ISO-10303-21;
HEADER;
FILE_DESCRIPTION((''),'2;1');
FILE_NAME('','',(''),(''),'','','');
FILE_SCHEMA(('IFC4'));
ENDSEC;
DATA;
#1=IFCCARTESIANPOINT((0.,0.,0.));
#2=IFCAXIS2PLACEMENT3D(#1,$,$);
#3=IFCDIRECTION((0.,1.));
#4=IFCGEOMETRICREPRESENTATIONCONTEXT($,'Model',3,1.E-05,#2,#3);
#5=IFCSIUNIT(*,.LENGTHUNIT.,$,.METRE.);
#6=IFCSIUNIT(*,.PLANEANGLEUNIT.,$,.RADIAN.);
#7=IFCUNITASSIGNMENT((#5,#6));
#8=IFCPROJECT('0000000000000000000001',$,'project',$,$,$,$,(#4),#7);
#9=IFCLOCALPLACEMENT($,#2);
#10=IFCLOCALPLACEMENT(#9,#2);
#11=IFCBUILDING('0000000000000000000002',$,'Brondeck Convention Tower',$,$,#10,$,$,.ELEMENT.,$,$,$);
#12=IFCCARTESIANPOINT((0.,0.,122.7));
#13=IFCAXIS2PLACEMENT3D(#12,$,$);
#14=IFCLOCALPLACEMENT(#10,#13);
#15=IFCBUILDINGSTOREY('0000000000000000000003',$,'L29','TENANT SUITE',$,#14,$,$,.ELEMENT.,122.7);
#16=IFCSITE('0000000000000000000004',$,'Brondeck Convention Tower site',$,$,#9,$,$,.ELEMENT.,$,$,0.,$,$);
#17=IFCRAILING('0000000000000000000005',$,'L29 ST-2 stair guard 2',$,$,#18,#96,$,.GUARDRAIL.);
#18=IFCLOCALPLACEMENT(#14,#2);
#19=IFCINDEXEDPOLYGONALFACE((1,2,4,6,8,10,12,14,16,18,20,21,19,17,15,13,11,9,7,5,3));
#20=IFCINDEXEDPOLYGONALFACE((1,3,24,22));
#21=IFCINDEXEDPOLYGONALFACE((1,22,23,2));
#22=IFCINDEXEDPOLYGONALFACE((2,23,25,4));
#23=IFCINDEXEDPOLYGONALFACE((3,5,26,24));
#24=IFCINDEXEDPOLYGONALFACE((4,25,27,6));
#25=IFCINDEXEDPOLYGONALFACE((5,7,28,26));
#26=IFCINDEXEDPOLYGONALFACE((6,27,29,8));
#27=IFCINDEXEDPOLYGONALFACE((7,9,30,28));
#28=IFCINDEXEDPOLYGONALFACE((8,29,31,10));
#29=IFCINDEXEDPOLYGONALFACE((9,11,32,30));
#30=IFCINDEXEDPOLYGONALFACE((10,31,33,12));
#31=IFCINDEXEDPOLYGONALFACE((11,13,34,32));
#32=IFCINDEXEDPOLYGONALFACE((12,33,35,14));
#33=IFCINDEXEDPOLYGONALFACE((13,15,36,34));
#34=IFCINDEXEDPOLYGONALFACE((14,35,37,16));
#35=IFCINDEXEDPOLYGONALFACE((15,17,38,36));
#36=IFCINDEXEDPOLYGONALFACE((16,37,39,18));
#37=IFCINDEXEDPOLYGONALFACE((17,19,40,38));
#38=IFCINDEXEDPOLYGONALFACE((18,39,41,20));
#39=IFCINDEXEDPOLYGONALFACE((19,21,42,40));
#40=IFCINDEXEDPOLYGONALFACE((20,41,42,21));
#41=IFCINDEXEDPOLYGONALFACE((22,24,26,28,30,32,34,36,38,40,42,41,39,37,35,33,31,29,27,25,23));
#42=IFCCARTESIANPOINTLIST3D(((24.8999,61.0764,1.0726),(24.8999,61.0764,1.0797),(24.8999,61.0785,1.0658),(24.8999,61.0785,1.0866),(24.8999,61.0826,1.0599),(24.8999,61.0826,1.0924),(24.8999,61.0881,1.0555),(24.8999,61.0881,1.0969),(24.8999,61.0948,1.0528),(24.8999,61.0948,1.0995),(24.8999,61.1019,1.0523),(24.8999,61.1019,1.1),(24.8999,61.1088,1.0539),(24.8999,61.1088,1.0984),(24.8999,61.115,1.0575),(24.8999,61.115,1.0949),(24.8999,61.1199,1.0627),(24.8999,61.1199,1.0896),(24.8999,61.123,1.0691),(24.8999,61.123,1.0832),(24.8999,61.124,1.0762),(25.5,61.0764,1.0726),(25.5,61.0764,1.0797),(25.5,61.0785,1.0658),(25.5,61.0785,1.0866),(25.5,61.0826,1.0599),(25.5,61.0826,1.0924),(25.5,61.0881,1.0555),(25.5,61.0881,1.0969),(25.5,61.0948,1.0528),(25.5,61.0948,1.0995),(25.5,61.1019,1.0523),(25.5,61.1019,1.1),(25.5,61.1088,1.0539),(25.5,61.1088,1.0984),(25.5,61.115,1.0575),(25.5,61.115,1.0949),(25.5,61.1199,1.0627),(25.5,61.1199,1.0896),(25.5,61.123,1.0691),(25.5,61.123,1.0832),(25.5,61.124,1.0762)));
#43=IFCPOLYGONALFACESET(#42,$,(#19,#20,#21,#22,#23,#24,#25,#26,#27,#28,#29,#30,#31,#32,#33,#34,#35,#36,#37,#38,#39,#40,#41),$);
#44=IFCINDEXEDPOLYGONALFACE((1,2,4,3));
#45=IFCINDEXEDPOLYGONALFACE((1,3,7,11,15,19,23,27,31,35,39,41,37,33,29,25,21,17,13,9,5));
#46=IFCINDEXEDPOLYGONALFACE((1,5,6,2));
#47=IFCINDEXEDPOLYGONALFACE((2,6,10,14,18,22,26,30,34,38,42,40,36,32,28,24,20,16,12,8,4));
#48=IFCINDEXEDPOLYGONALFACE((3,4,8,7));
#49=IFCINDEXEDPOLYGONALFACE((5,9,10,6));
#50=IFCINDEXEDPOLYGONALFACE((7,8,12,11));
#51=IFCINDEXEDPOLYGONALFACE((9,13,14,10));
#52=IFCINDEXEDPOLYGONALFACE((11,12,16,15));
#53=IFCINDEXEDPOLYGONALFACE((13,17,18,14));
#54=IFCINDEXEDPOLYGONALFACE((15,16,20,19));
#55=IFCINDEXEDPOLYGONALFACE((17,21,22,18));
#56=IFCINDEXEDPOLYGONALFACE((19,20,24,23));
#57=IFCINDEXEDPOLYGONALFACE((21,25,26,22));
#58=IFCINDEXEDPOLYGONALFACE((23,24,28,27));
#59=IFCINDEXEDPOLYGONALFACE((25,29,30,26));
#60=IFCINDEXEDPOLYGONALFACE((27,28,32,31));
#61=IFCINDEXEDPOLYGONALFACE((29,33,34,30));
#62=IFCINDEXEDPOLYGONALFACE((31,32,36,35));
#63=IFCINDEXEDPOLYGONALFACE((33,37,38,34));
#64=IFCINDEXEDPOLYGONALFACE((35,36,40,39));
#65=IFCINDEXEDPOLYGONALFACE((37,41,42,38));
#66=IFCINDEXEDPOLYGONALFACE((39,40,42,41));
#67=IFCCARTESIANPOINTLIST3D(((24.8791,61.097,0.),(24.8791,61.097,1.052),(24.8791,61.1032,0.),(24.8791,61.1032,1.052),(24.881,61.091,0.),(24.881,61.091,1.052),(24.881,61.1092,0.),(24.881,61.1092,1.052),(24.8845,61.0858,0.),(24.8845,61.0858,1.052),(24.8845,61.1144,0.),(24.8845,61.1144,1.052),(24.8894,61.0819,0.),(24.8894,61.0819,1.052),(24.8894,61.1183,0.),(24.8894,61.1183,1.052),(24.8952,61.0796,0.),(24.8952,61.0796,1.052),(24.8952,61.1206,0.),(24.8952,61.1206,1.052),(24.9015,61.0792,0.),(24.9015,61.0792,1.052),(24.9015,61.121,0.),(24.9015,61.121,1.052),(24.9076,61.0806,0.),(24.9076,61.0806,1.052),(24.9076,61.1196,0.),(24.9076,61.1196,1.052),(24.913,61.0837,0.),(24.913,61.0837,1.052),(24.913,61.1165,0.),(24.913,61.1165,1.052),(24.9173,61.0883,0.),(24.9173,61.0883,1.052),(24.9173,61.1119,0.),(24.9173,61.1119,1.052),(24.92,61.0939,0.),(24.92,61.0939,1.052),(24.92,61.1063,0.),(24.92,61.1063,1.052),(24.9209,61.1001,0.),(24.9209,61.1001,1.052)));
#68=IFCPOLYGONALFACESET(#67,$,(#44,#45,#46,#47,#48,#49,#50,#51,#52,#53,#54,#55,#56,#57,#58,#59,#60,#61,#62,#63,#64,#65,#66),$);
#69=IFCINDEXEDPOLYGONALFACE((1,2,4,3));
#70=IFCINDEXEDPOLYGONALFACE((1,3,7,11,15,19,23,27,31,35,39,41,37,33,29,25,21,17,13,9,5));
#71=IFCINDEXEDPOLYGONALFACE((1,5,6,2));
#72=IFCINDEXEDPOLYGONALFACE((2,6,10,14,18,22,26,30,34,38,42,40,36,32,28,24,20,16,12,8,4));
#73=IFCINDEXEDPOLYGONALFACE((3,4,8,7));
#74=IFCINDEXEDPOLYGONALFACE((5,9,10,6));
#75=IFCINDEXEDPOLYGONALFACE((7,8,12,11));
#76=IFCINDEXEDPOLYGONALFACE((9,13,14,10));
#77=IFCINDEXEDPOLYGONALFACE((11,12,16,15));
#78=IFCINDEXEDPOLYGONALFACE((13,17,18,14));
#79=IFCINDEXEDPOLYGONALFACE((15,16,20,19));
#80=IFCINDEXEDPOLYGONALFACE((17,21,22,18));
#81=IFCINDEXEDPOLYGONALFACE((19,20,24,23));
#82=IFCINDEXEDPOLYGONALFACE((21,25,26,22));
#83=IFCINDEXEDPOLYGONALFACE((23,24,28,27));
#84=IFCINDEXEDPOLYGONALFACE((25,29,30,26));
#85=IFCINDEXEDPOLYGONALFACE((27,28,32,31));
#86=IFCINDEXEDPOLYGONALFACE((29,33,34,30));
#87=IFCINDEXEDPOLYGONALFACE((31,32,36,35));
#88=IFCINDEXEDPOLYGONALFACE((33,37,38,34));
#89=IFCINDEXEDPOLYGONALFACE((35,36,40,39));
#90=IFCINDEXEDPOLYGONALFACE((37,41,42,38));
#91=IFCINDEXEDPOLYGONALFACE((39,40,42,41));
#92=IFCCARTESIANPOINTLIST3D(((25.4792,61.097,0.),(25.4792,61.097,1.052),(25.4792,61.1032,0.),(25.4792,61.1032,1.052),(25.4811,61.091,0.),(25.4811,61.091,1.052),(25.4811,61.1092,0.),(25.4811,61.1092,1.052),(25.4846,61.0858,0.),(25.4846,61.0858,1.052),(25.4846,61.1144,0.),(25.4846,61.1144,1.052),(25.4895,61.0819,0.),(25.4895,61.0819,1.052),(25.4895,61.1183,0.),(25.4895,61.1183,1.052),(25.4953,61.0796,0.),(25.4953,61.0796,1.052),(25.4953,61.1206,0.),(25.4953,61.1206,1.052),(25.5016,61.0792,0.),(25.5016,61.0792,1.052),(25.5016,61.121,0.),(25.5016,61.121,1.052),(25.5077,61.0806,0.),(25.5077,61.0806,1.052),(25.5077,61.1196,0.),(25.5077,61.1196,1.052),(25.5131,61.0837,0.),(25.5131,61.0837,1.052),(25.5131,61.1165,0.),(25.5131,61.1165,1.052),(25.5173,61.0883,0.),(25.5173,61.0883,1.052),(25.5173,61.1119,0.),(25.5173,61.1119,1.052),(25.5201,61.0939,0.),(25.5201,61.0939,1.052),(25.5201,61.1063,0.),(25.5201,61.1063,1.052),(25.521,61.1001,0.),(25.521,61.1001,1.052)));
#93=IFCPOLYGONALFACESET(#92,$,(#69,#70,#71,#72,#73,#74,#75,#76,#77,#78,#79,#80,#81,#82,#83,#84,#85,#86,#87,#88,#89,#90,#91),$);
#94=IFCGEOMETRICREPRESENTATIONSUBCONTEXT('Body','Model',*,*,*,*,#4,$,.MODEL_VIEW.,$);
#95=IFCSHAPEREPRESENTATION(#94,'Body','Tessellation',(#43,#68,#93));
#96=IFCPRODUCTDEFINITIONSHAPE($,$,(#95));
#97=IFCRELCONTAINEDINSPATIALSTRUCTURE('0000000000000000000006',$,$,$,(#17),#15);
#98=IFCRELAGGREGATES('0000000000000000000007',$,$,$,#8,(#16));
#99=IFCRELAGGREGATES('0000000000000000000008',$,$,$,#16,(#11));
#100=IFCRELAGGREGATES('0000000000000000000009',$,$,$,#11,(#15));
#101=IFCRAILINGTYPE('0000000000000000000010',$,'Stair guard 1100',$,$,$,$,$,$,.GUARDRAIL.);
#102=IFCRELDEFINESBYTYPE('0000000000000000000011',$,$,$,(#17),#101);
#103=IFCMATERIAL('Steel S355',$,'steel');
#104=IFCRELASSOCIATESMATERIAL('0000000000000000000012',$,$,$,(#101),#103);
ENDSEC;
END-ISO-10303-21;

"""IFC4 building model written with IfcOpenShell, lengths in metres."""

from ifc_helpers import new_model, si_unit, direction, frame, origin, origin_2d, place, context, subcontext, project, spatial, circle, extrude, material, type_object, element, save


model = new_model("IFC4")

# Units and contexts
model_context = context("Model", 3, precision=1e-05, world=origin(), true_north=direction((0.0, 1.0)))
body_context = subcontext(model_context, "Body", "Model", "MODEL_VIEW")
ifc_project = project(units=[si_unit("LENGTHUNIT", "METRE"), si_unit("PLANEANGLEUNIT", "RADIAN")], contexts=[model_context])

# Site, building, storey
site_placement = place(None, origin())
site = spatial("IfcSite", under=ifc_project, at=site_placement, Name="Brondeck Convention Tower site", CompositionType="ELEMENT", RefElevation=0.0)
building_placement = place(site_placement, origin())
building = spatial("IfcBuilding", under=site, at=building_placement, Name="Brondeck Convention Tower", CompositionType="ELEMENT")
storey_placement = place(building_placement, frame((0.0, 0.0, 122.7)))
storey = spatial("IfcBuildingStorey", under=building, at=storey_placement, Name="L29", Description="TENANT SUITE", CompositionType="ELEMENT", Elevation=122.7)

# Shared definitions
ifc_material_1 = material(Name="Steel S355", Category="steel")

# Railing
railing_type_1 = type_object("IfcRailingType", Name="Stair guard 1100", PredefinedType="GUARDRAIL", material=ifc_material_1)
railing_1_placement = place(storey_placement, frame((24.8999, 61.1001, 0.0)))
element("IfcRailing", 1, at=railing_1_placement, inside=storey, type_object=railing_type_1, Name="L29 ST-2 stair guard 2", PredefinedType="GUARDRAIL", context=body_context, shape_type="SweptSolid", body=[
    extrude(circle(Radius=0.0239, at=origin_2d()), frame((0.0, 0.0, 1.0762), z_axis=(1.0, 0.0, 0.0), x_axis=(0.0, 1.0, 0.0)), (0.0, 0.0, 1.0), 0.6001),
    extrude(circle(Radius=0.021, at=origin_2d()), origin(), (0.0, 0.0, 1.0), 1.052),
    extrude(circle(Radius=0.021, at=origin_2d()), frame((0.6001, 0.0, 0.0)), (0.0, 0.0, 1.0), 1.052),
])

save(model, "model.ifc")
